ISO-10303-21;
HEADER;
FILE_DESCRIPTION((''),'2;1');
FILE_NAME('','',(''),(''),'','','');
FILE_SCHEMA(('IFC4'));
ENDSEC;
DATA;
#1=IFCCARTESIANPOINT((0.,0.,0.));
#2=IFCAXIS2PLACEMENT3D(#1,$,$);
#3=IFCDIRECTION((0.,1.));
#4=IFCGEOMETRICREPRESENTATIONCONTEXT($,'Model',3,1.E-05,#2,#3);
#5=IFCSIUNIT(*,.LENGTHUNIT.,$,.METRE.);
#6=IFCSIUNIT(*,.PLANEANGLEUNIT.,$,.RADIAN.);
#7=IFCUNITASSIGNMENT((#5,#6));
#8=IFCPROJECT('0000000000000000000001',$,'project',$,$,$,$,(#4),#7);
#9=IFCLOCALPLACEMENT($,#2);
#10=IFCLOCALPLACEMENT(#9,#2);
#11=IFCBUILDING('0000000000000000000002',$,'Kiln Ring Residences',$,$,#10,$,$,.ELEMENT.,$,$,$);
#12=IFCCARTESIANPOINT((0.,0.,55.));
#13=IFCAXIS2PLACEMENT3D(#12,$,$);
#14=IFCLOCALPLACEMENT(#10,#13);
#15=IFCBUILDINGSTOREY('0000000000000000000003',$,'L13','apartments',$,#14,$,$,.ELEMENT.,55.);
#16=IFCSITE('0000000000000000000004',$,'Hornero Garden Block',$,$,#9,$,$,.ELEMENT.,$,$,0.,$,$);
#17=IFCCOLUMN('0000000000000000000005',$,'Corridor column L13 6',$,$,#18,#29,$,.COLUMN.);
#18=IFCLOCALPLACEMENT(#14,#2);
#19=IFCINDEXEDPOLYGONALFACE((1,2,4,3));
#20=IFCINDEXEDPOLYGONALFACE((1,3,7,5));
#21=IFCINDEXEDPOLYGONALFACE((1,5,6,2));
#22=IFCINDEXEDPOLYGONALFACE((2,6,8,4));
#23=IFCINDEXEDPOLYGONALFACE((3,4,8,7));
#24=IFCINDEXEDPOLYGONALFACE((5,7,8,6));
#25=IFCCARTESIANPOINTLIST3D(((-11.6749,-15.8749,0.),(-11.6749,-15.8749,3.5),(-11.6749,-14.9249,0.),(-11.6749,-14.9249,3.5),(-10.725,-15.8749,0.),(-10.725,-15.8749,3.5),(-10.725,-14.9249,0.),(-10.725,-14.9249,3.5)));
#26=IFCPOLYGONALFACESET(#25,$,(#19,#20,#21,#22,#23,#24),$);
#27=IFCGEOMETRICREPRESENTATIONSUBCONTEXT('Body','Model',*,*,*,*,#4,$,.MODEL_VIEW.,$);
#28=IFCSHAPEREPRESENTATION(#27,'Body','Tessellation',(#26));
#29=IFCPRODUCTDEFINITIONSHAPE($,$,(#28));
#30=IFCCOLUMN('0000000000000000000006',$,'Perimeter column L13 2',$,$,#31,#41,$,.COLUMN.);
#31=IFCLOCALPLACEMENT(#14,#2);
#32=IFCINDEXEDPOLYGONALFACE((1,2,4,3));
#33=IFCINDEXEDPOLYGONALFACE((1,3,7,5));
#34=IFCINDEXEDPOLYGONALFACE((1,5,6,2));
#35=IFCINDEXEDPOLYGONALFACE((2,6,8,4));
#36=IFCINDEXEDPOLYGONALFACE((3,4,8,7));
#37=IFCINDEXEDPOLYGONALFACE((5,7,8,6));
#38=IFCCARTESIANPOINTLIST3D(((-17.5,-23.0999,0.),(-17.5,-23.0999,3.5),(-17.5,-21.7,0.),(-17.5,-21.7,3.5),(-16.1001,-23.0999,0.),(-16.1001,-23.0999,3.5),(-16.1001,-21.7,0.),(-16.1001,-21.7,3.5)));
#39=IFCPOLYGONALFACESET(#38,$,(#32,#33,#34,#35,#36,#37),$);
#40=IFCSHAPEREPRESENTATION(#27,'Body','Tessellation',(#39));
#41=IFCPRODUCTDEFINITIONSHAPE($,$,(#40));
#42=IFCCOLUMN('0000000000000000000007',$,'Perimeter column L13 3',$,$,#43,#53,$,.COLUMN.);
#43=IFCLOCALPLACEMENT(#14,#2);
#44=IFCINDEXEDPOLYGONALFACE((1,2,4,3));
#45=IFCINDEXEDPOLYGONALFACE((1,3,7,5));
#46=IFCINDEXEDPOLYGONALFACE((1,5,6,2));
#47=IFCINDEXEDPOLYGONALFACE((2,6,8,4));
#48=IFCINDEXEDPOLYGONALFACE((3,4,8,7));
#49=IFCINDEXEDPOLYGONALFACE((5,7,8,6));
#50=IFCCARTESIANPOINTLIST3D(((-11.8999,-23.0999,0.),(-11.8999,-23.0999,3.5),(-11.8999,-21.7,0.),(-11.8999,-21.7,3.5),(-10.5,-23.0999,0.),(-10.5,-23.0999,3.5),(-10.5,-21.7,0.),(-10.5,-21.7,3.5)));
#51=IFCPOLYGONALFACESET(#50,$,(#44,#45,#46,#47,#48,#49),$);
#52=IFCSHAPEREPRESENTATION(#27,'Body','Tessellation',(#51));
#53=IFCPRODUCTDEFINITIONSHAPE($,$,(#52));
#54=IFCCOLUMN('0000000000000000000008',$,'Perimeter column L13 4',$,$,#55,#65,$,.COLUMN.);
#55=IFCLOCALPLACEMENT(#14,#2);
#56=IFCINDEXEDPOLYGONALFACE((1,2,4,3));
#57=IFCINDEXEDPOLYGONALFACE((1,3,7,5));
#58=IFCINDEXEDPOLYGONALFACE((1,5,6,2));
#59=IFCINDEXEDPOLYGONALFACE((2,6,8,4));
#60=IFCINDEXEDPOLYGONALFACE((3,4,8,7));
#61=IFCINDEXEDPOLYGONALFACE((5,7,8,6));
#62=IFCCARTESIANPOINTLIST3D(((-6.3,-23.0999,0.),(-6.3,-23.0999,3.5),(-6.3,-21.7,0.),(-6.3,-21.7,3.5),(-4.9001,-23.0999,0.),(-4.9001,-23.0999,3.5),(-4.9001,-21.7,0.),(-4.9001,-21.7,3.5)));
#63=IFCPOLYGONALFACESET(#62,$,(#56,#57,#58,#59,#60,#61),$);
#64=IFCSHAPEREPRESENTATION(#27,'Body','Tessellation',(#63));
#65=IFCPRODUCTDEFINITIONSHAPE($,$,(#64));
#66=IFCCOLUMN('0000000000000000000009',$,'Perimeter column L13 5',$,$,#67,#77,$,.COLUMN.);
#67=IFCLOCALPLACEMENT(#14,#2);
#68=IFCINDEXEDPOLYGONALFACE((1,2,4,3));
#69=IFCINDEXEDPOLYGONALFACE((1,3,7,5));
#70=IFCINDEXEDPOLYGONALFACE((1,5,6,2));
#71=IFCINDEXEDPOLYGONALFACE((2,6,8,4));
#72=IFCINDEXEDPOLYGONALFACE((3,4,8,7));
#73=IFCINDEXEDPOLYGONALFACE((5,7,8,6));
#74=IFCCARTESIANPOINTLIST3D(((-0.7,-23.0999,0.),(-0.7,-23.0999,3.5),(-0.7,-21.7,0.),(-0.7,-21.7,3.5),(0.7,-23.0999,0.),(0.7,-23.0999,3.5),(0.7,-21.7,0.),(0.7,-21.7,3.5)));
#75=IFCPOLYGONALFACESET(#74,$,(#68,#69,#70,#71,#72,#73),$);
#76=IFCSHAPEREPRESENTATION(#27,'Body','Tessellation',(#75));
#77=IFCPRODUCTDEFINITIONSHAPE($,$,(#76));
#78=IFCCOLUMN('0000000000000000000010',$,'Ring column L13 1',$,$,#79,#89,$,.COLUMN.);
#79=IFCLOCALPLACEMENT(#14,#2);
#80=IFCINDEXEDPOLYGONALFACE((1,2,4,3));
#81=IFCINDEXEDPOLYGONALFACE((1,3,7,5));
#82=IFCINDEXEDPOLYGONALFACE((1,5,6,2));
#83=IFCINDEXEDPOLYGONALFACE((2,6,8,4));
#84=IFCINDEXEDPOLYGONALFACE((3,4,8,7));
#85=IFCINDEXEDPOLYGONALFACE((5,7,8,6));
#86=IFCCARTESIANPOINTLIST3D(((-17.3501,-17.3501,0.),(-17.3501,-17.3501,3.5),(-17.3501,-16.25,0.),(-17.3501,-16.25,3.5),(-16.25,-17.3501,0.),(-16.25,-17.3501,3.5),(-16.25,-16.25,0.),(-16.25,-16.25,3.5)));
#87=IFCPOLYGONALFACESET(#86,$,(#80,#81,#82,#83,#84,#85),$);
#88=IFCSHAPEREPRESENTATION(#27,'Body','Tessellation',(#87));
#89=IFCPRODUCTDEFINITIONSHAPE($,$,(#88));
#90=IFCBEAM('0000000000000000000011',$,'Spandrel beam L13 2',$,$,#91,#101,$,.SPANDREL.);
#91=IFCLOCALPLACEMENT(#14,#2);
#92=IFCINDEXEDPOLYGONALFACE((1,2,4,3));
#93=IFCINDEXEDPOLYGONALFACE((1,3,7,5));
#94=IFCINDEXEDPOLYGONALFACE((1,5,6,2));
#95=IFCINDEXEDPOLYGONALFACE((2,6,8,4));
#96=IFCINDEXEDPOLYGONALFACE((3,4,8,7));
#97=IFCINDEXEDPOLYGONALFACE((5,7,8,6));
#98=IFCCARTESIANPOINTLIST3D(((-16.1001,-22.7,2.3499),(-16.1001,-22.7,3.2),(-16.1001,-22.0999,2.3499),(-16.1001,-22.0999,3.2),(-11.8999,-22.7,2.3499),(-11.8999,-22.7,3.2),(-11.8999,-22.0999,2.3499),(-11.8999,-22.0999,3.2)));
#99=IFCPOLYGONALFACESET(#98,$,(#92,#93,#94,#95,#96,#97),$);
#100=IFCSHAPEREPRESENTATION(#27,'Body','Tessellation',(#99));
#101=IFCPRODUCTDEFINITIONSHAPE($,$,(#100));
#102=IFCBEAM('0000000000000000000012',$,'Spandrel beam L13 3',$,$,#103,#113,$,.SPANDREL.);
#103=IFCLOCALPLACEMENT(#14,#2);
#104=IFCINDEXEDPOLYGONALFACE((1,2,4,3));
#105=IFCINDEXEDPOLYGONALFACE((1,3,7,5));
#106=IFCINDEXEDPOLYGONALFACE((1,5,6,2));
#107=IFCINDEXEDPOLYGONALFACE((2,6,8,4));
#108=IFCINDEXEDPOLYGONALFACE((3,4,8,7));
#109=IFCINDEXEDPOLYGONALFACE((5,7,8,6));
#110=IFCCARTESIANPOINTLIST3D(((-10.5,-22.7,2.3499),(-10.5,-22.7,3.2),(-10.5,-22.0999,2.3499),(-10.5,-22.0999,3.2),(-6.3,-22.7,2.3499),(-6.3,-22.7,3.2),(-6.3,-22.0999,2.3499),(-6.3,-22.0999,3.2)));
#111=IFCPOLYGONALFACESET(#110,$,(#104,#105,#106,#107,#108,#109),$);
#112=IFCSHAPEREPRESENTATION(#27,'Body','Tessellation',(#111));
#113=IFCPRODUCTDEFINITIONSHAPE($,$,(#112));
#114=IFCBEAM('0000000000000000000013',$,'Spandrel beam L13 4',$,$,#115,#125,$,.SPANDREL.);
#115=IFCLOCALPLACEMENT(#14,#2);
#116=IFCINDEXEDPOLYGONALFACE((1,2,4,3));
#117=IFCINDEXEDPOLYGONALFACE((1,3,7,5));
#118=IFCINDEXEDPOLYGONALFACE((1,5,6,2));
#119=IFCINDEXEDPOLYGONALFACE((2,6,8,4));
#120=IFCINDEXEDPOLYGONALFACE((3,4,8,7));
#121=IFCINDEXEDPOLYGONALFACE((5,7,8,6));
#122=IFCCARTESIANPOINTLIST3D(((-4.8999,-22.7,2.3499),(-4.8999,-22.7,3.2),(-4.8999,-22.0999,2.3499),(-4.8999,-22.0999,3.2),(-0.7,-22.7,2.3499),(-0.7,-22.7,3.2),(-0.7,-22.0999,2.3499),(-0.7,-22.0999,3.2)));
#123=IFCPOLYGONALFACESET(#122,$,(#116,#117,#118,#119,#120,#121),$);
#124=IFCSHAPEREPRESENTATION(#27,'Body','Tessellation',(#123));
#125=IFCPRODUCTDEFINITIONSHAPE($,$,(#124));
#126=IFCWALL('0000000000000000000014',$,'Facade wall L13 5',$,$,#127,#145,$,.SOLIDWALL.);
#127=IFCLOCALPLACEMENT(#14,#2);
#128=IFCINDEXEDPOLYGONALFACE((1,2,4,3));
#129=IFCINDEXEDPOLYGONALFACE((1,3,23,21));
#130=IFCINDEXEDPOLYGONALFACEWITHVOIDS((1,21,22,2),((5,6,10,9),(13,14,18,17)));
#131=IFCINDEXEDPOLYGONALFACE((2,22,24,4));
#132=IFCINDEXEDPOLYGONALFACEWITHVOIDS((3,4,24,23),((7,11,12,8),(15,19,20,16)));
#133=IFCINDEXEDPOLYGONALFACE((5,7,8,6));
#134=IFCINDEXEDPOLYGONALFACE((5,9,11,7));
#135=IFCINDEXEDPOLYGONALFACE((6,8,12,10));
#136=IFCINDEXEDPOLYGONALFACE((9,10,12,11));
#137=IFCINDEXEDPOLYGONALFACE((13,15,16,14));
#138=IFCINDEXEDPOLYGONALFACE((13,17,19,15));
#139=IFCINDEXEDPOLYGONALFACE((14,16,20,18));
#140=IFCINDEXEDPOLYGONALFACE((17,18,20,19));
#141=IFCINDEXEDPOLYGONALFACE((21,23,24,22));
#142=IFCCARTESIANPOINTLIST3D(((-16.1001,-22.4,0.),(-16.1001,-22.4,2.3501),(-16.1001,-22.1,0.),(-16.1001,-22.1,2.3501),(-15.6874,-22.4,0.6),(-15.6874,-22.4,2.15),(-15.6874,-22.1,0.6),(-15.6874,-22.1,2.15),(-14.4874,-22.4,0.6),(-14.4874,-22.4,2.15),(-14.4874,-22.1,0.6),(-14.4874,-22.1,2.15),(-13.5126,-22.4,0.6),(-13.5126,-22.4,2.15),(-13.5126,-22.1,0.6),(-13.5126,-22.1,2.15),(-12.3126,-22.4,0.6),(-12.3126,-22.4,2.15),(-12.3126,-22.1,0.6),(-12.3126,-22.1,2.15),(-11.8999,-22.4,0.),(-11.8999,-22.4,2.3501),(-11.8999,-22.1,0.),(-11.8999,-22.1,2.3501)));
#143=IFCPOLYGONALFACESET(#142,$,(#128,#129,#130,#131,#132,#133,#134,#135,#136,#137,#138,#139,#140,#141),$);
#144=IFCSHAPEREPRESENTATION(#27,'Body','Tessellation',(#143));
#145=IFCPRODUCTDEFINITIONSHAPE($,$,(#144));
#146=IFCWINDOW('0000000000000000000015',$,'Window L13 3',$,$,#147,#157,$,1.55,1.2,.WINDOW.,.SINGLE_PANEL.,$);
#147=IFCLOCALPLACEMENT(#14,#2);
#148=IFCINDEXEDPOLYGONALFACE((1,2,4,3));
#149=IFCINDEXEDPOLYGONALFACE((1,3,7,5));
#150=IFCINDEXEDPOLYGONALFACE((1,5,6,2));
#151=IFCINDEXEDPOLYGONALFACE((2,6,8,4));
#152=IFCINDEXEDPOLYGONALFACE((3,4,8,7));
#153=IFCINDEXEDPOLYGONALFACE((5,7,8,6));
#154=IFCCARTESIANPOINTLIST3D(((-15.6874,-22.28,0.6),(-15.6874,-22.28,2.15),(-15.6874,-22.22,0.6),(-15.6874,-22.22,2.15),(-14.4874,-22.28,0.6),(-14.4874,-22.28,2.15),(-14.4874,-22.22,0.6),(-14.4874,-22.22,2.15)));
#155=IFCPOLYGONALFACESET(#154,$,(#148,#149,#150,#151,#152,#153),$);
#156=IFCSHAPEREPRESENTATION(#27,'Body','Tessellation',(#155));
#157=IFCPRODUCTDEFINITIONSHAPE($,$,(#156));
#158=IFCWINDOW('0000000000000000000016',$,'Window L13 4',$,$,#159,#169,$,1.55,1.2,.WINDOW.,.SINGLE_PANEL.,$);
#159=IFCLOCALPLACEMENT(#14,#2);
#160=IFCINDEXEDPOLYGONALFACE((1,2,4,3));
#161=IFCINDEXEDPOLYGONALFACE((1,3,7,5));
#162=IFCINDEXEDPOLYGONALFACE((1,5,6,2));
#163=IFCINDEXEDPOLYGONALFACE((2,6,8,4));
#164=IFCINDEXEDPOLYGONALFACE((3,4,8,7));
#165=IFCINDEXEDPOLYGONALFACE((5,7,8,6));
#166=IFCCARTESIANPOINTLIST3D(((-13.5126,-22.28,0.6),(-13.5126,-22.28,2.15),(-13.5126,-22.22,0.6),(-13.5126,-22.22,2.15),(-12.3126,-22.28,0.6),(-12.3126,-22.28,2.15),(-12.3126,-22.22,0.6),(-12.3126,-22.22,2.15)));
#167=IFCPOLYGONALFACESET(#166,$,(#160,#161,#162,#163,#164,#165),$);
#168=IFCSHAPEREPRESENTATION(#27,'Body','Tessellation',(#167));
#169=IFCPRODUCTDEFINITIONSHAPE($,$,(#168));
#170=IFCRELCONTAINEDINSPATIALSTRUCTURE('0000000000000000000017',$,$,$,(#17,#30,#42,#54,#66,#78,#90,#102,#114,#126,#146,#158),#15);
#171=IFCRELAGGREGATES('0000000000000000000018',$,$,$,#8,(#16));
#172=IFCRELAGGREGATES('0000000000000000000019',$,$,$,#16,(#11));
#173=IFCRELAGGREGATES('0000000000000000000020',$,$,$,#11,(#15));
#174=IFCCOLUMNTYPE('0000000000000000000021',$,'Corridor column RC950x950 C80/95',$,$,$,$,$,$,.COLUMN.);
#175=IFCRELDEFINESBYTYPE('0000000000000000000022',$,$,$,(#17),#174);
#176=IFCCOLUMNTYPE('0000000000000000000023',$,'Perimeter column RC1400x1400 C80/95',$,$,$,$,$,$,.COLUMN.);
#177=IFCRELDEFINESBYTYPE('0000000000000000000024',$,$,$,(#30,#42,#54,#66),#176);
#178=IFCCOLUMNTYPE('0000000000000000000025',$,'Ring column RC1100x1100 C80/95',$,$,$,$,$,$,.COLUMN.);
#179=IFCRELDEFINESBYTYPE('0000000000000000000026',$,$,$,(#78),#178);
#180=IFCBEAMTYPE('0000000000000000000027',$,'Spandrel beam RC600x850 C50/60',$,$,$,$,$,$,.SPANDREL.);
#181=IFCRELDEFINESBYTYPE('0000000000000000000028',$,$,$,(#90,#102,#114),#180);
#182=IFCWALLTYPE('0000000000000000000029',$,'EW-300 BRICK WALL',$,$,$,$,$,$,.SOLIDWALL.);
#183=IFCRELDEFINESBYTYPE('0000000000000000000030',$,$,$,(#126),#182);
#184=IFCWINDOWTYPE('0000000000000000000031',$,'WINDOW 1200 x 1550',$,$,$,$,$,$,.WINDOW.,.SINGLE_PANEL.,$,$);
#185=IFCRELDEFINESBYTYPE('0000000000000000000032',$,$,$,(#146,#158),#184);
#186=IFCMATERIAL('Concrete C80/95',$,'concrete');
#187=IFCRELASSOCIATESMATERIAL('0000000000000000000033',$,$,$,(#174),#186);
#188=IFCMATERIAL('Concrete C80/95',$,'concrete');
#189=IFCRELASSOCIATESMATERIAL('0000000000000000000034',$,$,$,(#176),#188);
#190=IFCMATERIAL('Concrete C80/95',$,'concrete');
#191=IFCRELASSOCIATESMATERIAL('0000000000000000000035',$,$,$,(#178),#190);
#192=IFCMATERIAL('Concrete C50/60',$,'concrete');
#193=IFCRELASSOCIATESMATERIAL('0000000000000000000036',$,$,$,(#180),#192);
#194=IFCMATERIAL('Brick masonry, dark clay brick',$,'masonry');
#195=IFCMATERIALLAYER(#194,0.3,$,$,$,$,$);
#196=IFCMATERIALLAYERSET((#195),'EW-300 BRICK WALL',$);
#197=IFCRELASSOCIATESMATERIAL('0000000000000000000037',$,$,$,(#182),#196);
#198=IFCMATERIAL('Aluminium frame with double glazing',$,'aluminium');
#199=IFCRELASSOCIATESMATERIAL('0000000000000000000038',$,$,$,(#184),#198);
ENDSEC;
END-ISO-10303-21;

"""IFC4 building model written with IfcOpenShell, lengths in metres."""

from ifc_helpers import new_model, si_unit, direction, frame, frame_2d, origin, origin_2d, place, context, subcontext, project, spatial, rectangle, extrude, material, layer, layer_set, material_profile, profile_set, type_object, element, fill, save


model = new_model("IFC4")

# Units and contexts
model_context = context("Model", 3, precision=1e-05, world=origin(), true_north=direction((0.0, 1.0)))
body_context = subcontext(model_context, "Body", "Model", "MODEL_VIEW")
ifc_project = project(units=[si_unit("LENGTHUNIT", "METRE"), si_unit("PLANEANGLEUNIT", "RADIAN")], contexts=[model_context])

# Site, building, storey
site_placement = place(None, origin())
site = spatial("IfcSite", under=ifc_project, at=site_placement, Name="Hornero Garden Block", CompositionType="ELEMENT", RefElevation=0.0)
building_placement = place(site_placement, origin())
building = spatial("IfcBuilding", under=site, at=building_placement, Name="Kiln Ring Residences", CompositionType="ELEMENT")
storey_placement = place(building_placement, frame((0.0, 0.0, 55.0)))
storey = spatial("IfcBuildingStorey", under=building, at=storey_placement, Name="L13", Description="apartments", CompositionType="ELEMENT", Elevation=55.0)

# Columns
ifc_material_1 = material(Name="Concrete C80/95", Category="concrete")
ifc_material_profile_1 = material_profile(ifc_material_1, rectangle(XDim=0.95, YDim=0.95, at=origin_2d()), Name="RC950x950")
ifc_profile_set_1 = profile_set([ifc_material_profile_1], Name="Concrete C80/95")
column_type_1 = type_object("IfcColumnType", Name="Corridor column RC950x950 C80/95", PredefinedType="COLUMN", material=ifc_profile_set_1)
column_1_placement = place(storey_placement, frame((-11.2, -15.3999, 0.0), z_axis=(0.0, 0.0, 1.0), x_axis=(1.0, 0.0, 0.0)))
element("IfcColumn", 1, at=column_1_placement, inside=storey, type_object=column_type_1, Name="Corridor column L13 6", PredefinedType="COLUMN", context=body_context, shape_type="SweptSolid", body=[
    extrude(rectangle(XDim=0.95, YDim=0.95, at=origin_2d()), origin(), (0.0, 0.0, 1.0), 3.5),
])
ifc_material_2 = material(Name="Concrete C80/95", Category="concrete")
ifc_material_profile_2 = material_profile(ifc_material_2, rectangle(XDim=1.3999, YDim=1.3999, at=origin_2d()), Name="RC1400x1400")
ifc_profile_set_2 = profile_set([ifc_material_profile_2], Name="Concrete C80/95")
column_type_2 = type_object("IfcColumnType", Name="Perimeter column RC1400x1400 C80/95", PredefinedType="COLUMN", material=ifc_profile_set_2)
for number, where, z_axis, x_axis, name in (
    (2, (-16.8, -22.3999, 0.0), (0.0, 0.0, 1.0), (1.0, 0.0, 0.0), "Perimeter column L13 2"),
    (3, (-11.2, -22.3999, 0.0), (0.0, 0.0, 1.0), (1.0, 0.0, 0.0), "Perimeter column L13 3"),
    (4, (-5.6001, -22.3999, 0.0), (0.0, 0.0, 1.0), (1.0, 0.0, 0.0), "Perimeter column L13 4"),
    (5, (0.0, -22.3999, 0.0), (0.0, 0.0, 1.0), (1.0, 0.0, 0.0), "Perimeter column L13 5"),
):
    element("IfcColumn", number, at=place(storey_placement, frame(where, z_axis=z_axis, x_axis=x_axis)), inside=storey, type_object=column_type_2, Name=name, PredefinedType="COLUMN", context=body_context, shape_type="SweptSolid", body=[
        extrude(rectangle(XDim=1.3999, YDim=1.3999, at=origin_2d()), origin(), (0.0, 0.0, 1.0), 3.5),
    ])
ifc_material_3 = material(Name="Concrete C80/95", Category="concrete")
ifc_material_profile_3 = material_profile(ifc_material_3, rectangle(XDim=1.1001, YDim=1.1001, at=origin_2d()), Name="RC1100x1100")
ifc_profile_set_3 = profile_set([ifc_material_profile_3], Name="Concrete C80/95")
column_type_3 = type_object("IfcColumnType", Name="Ring column RC1100x1100 C80/95", PredefinedType="COLUMN", material=ifc_profile_set_3)
column_2_placement = place(storey_placement, frame((-16.8, -16.8, 0.0), z_axis=(0.0, 0.0, 1.0), x_axis=(1.0, 0.0, 0.0)))
element("IfcColumn", 6, at=column_2_placement, inside=storey, type_object=column_type_3, Name="Ring column L13 1", PredefinedType="COLUMN", context=body_context, shape_type="SweptSolid", body=[
    extrude(rectangle(XDim=1.1001, YDim=1.1001, at=origin_2d()), origin(), (0.0, 0.0, 1.0), 3.5),
])

# Beams
ifc_material_4 = material(Name="Concrete C50/60", Category="concrete")
ifc_material_profile_4 = material_profile(ifc_material_4, rectangle(XDim=0.6001, YDim=0.8501, at=origin_2d()), Name="RC600x850")
ifc_profile_set_4 = profile_set([ifc_material_profile_4], Name="Concrete C50/60")
beam_type = type_object("IfcBeamType", Name="Spandrel beam RC600x850 C50/60", PredefinedType="SPANDREL", material=ifc_profile_set_4)
beam_placement = place(storey_placement, frame((-16.1001, -22.3999, 2.7749), z_axis=(1.0, 0.0, 0.0), x_axis=(0.0, 1.0, 0.0)))
element("IfcBeam", 7, at=beam_placement, inside=storey, type_object=beam_type, Name="Spandrel beam L13 2", PredefinedType="SPANDREL", context=body_context, shape_type="SweptSolid", body=[
    extrude(rectangle(XDim=0.6001, YDim=0.8501, at=origin_2d()), origin(), (0.0, 0.0, 1.0), 4.2002),
])
for number, where, z_axis, x_axis, name in (
    (8, (-10.5, -22.3999, 2.7749), (1.0, 0.0, 0.0), (0.0, 1.0, 0.0), "Spandrel beam L13 3"),
    (9, (-4.8999, -22.3999, 2.7749), (1.0, 0.0, 0.0), (0.0, 1.0, 0.0), "Spandrel beam L13 4"),
):
    element("IfcBeam", number, at=place(storey_placement, frame(where, z_axis=z_axis, x_axis=x_axis)), inside=storey, type_object=beam_type, Name=name, PredefinedType="SPANDREL", context=body_context, shape_type="SweptSolid", body=[
        extrude(rectangle(XDim=0.6001, YDim=0.8501, at=origin_2d()), origin(), (0.0, 0.0, 1.0), 4.2),
    ])

# Wall, openings, windows
ifc_material_5 = material(Name="Brick masonry, dark clay brick", Category="masonry")
ifc_layer_1 = layer(ifc_material_5, 0.3)
ifc_layer_set_1 = layer_set([ifc_layer_1], Name="EW-300 BRICK WALL")
wall_type_1 = type_object("IfcWallType", Name="EW-300 BRICK WALL", PredefinedType="SOLIDWALL", material=ifc_layer_set_1)
wall_1_placement = place(storey_placement, frame((-16.1001, -22.25, 0.0), z_axis=(0.0, 0.0, 1.0), x_axis=(1.0, 0.0, 0.0)))
wall_1 = element("IfcWall", 10, at=wall_1_placement, inside=storey, type_object=wall_type_1, Name="Facade wall L13 5", PredefinedType="SOLIDWALL", context=body_context, shape_type="SweptSolid", body=[
    extrude(rectangle(XDim=4.2002, YDim=0.3, at=frame_2d((2.1001, 0.0))), origin(), (0.0, 0.0, 1.0), 2.3501),
])
opening_1_placement = place(wall_1_placement, frame((0.4126, 0.0, 0.6001)))
opening_1 = element("IfcOpeningElement", 11, at=opening_1_placement, cuts=wall_1, PredefinedType="OPENING", context=body_context, shape_type="SweptSolid", body=[
    extrude(rectangle(XDim=1.2, YDim=1.55, at=frame_2d((0.6001, 0.7749))), frame((0.0, 0.1599, 0.0), z_axis=(0.0, -1.0, 0.0), x_axis=(1.0, 0.0, 0.0)), (0.0, 0.0, 1.0), 0.3201),
])
opening_2_placement = place(wall_1_placement, frame((2.5874, 0.0, 0.6001)))
opening_2 = element("IfcOpeningElement", 12, at=opening_2_placement, cuts=wall_1, PredefinedType="OPENING", context=body_context, shape_type="SweptSolid", body=[
    extrude(rectangle(XDim=1.2, YDim=1.55, at=frame_2d((0.6001, 0.7749))), frame((0.0, 0.1599, 0.0), z_axis=(0.0, -1.0, 0.0), x_axis=(1.0, 0.0, 0.0)), (0.0, 0.0, 1.0), 0.3201),
])
ifc_material_6 = material(Name="Aluminium frame with double glazing", Category="aluminium")
window_type_1 = type_object("IfcWindowType", Name="WINDOW 1200 x 1550", PartitioningType="SINGLE_PANEL", PredefinedType="WINDOW", material=ifc_material_6)
window_1_placement = place(opening_1_placement, origin())
window_1 = element("IfcWindow", 13, at=window_1_placement, inside=storey, type_object=window_type_1, Name="Window L13 3", OverallHeight=1.55, OverallWidth=1.2, PartitioningType="SINGLE_PANEL", PredefinedType="WINDOW", context=body_context, shape_type="SweptSolid", body=[
    extrude(rectangle(XDim=1.2, YDim=1.55, at=frame_2d((0.6001, 0.7749))), frame((0.0, 0.03, 0.0), z_axis=(0.0, -1.0, 0.0), x_axis=(1.0, 0.0, 0.0)), (0.0, 0.0, 1.0), 0.0601),
])
fill(opening_1, window_1)
window_2_placement = place(opening_2_placement, origin())
window_2 = element("IfcWindow", 14, at=window_2_placement, inside=storey, type_object=window_type_1, Name="Window L13 4", OverallHeight=1.55, OverallWidth=1.2, PartitioningType="SINGLE_PANEL", PredefinedType="WINDOW", context=body_context, shape_type="SweptSolid", body=[
    extrude(rectangle(XDim=1.2, YDim=1.55, at=frame_2d((0.6001, 0.7749))), frame((0.0, 0.03, 0.0), z_axis=(0.0, -1.0, 0.0), x_axis=(1.0, 0.0, 0.0)), (0.0, 0.0, 1.0), 0.0601),
])
fill(opening_2, window_2)

save(model, "model.ifc")
